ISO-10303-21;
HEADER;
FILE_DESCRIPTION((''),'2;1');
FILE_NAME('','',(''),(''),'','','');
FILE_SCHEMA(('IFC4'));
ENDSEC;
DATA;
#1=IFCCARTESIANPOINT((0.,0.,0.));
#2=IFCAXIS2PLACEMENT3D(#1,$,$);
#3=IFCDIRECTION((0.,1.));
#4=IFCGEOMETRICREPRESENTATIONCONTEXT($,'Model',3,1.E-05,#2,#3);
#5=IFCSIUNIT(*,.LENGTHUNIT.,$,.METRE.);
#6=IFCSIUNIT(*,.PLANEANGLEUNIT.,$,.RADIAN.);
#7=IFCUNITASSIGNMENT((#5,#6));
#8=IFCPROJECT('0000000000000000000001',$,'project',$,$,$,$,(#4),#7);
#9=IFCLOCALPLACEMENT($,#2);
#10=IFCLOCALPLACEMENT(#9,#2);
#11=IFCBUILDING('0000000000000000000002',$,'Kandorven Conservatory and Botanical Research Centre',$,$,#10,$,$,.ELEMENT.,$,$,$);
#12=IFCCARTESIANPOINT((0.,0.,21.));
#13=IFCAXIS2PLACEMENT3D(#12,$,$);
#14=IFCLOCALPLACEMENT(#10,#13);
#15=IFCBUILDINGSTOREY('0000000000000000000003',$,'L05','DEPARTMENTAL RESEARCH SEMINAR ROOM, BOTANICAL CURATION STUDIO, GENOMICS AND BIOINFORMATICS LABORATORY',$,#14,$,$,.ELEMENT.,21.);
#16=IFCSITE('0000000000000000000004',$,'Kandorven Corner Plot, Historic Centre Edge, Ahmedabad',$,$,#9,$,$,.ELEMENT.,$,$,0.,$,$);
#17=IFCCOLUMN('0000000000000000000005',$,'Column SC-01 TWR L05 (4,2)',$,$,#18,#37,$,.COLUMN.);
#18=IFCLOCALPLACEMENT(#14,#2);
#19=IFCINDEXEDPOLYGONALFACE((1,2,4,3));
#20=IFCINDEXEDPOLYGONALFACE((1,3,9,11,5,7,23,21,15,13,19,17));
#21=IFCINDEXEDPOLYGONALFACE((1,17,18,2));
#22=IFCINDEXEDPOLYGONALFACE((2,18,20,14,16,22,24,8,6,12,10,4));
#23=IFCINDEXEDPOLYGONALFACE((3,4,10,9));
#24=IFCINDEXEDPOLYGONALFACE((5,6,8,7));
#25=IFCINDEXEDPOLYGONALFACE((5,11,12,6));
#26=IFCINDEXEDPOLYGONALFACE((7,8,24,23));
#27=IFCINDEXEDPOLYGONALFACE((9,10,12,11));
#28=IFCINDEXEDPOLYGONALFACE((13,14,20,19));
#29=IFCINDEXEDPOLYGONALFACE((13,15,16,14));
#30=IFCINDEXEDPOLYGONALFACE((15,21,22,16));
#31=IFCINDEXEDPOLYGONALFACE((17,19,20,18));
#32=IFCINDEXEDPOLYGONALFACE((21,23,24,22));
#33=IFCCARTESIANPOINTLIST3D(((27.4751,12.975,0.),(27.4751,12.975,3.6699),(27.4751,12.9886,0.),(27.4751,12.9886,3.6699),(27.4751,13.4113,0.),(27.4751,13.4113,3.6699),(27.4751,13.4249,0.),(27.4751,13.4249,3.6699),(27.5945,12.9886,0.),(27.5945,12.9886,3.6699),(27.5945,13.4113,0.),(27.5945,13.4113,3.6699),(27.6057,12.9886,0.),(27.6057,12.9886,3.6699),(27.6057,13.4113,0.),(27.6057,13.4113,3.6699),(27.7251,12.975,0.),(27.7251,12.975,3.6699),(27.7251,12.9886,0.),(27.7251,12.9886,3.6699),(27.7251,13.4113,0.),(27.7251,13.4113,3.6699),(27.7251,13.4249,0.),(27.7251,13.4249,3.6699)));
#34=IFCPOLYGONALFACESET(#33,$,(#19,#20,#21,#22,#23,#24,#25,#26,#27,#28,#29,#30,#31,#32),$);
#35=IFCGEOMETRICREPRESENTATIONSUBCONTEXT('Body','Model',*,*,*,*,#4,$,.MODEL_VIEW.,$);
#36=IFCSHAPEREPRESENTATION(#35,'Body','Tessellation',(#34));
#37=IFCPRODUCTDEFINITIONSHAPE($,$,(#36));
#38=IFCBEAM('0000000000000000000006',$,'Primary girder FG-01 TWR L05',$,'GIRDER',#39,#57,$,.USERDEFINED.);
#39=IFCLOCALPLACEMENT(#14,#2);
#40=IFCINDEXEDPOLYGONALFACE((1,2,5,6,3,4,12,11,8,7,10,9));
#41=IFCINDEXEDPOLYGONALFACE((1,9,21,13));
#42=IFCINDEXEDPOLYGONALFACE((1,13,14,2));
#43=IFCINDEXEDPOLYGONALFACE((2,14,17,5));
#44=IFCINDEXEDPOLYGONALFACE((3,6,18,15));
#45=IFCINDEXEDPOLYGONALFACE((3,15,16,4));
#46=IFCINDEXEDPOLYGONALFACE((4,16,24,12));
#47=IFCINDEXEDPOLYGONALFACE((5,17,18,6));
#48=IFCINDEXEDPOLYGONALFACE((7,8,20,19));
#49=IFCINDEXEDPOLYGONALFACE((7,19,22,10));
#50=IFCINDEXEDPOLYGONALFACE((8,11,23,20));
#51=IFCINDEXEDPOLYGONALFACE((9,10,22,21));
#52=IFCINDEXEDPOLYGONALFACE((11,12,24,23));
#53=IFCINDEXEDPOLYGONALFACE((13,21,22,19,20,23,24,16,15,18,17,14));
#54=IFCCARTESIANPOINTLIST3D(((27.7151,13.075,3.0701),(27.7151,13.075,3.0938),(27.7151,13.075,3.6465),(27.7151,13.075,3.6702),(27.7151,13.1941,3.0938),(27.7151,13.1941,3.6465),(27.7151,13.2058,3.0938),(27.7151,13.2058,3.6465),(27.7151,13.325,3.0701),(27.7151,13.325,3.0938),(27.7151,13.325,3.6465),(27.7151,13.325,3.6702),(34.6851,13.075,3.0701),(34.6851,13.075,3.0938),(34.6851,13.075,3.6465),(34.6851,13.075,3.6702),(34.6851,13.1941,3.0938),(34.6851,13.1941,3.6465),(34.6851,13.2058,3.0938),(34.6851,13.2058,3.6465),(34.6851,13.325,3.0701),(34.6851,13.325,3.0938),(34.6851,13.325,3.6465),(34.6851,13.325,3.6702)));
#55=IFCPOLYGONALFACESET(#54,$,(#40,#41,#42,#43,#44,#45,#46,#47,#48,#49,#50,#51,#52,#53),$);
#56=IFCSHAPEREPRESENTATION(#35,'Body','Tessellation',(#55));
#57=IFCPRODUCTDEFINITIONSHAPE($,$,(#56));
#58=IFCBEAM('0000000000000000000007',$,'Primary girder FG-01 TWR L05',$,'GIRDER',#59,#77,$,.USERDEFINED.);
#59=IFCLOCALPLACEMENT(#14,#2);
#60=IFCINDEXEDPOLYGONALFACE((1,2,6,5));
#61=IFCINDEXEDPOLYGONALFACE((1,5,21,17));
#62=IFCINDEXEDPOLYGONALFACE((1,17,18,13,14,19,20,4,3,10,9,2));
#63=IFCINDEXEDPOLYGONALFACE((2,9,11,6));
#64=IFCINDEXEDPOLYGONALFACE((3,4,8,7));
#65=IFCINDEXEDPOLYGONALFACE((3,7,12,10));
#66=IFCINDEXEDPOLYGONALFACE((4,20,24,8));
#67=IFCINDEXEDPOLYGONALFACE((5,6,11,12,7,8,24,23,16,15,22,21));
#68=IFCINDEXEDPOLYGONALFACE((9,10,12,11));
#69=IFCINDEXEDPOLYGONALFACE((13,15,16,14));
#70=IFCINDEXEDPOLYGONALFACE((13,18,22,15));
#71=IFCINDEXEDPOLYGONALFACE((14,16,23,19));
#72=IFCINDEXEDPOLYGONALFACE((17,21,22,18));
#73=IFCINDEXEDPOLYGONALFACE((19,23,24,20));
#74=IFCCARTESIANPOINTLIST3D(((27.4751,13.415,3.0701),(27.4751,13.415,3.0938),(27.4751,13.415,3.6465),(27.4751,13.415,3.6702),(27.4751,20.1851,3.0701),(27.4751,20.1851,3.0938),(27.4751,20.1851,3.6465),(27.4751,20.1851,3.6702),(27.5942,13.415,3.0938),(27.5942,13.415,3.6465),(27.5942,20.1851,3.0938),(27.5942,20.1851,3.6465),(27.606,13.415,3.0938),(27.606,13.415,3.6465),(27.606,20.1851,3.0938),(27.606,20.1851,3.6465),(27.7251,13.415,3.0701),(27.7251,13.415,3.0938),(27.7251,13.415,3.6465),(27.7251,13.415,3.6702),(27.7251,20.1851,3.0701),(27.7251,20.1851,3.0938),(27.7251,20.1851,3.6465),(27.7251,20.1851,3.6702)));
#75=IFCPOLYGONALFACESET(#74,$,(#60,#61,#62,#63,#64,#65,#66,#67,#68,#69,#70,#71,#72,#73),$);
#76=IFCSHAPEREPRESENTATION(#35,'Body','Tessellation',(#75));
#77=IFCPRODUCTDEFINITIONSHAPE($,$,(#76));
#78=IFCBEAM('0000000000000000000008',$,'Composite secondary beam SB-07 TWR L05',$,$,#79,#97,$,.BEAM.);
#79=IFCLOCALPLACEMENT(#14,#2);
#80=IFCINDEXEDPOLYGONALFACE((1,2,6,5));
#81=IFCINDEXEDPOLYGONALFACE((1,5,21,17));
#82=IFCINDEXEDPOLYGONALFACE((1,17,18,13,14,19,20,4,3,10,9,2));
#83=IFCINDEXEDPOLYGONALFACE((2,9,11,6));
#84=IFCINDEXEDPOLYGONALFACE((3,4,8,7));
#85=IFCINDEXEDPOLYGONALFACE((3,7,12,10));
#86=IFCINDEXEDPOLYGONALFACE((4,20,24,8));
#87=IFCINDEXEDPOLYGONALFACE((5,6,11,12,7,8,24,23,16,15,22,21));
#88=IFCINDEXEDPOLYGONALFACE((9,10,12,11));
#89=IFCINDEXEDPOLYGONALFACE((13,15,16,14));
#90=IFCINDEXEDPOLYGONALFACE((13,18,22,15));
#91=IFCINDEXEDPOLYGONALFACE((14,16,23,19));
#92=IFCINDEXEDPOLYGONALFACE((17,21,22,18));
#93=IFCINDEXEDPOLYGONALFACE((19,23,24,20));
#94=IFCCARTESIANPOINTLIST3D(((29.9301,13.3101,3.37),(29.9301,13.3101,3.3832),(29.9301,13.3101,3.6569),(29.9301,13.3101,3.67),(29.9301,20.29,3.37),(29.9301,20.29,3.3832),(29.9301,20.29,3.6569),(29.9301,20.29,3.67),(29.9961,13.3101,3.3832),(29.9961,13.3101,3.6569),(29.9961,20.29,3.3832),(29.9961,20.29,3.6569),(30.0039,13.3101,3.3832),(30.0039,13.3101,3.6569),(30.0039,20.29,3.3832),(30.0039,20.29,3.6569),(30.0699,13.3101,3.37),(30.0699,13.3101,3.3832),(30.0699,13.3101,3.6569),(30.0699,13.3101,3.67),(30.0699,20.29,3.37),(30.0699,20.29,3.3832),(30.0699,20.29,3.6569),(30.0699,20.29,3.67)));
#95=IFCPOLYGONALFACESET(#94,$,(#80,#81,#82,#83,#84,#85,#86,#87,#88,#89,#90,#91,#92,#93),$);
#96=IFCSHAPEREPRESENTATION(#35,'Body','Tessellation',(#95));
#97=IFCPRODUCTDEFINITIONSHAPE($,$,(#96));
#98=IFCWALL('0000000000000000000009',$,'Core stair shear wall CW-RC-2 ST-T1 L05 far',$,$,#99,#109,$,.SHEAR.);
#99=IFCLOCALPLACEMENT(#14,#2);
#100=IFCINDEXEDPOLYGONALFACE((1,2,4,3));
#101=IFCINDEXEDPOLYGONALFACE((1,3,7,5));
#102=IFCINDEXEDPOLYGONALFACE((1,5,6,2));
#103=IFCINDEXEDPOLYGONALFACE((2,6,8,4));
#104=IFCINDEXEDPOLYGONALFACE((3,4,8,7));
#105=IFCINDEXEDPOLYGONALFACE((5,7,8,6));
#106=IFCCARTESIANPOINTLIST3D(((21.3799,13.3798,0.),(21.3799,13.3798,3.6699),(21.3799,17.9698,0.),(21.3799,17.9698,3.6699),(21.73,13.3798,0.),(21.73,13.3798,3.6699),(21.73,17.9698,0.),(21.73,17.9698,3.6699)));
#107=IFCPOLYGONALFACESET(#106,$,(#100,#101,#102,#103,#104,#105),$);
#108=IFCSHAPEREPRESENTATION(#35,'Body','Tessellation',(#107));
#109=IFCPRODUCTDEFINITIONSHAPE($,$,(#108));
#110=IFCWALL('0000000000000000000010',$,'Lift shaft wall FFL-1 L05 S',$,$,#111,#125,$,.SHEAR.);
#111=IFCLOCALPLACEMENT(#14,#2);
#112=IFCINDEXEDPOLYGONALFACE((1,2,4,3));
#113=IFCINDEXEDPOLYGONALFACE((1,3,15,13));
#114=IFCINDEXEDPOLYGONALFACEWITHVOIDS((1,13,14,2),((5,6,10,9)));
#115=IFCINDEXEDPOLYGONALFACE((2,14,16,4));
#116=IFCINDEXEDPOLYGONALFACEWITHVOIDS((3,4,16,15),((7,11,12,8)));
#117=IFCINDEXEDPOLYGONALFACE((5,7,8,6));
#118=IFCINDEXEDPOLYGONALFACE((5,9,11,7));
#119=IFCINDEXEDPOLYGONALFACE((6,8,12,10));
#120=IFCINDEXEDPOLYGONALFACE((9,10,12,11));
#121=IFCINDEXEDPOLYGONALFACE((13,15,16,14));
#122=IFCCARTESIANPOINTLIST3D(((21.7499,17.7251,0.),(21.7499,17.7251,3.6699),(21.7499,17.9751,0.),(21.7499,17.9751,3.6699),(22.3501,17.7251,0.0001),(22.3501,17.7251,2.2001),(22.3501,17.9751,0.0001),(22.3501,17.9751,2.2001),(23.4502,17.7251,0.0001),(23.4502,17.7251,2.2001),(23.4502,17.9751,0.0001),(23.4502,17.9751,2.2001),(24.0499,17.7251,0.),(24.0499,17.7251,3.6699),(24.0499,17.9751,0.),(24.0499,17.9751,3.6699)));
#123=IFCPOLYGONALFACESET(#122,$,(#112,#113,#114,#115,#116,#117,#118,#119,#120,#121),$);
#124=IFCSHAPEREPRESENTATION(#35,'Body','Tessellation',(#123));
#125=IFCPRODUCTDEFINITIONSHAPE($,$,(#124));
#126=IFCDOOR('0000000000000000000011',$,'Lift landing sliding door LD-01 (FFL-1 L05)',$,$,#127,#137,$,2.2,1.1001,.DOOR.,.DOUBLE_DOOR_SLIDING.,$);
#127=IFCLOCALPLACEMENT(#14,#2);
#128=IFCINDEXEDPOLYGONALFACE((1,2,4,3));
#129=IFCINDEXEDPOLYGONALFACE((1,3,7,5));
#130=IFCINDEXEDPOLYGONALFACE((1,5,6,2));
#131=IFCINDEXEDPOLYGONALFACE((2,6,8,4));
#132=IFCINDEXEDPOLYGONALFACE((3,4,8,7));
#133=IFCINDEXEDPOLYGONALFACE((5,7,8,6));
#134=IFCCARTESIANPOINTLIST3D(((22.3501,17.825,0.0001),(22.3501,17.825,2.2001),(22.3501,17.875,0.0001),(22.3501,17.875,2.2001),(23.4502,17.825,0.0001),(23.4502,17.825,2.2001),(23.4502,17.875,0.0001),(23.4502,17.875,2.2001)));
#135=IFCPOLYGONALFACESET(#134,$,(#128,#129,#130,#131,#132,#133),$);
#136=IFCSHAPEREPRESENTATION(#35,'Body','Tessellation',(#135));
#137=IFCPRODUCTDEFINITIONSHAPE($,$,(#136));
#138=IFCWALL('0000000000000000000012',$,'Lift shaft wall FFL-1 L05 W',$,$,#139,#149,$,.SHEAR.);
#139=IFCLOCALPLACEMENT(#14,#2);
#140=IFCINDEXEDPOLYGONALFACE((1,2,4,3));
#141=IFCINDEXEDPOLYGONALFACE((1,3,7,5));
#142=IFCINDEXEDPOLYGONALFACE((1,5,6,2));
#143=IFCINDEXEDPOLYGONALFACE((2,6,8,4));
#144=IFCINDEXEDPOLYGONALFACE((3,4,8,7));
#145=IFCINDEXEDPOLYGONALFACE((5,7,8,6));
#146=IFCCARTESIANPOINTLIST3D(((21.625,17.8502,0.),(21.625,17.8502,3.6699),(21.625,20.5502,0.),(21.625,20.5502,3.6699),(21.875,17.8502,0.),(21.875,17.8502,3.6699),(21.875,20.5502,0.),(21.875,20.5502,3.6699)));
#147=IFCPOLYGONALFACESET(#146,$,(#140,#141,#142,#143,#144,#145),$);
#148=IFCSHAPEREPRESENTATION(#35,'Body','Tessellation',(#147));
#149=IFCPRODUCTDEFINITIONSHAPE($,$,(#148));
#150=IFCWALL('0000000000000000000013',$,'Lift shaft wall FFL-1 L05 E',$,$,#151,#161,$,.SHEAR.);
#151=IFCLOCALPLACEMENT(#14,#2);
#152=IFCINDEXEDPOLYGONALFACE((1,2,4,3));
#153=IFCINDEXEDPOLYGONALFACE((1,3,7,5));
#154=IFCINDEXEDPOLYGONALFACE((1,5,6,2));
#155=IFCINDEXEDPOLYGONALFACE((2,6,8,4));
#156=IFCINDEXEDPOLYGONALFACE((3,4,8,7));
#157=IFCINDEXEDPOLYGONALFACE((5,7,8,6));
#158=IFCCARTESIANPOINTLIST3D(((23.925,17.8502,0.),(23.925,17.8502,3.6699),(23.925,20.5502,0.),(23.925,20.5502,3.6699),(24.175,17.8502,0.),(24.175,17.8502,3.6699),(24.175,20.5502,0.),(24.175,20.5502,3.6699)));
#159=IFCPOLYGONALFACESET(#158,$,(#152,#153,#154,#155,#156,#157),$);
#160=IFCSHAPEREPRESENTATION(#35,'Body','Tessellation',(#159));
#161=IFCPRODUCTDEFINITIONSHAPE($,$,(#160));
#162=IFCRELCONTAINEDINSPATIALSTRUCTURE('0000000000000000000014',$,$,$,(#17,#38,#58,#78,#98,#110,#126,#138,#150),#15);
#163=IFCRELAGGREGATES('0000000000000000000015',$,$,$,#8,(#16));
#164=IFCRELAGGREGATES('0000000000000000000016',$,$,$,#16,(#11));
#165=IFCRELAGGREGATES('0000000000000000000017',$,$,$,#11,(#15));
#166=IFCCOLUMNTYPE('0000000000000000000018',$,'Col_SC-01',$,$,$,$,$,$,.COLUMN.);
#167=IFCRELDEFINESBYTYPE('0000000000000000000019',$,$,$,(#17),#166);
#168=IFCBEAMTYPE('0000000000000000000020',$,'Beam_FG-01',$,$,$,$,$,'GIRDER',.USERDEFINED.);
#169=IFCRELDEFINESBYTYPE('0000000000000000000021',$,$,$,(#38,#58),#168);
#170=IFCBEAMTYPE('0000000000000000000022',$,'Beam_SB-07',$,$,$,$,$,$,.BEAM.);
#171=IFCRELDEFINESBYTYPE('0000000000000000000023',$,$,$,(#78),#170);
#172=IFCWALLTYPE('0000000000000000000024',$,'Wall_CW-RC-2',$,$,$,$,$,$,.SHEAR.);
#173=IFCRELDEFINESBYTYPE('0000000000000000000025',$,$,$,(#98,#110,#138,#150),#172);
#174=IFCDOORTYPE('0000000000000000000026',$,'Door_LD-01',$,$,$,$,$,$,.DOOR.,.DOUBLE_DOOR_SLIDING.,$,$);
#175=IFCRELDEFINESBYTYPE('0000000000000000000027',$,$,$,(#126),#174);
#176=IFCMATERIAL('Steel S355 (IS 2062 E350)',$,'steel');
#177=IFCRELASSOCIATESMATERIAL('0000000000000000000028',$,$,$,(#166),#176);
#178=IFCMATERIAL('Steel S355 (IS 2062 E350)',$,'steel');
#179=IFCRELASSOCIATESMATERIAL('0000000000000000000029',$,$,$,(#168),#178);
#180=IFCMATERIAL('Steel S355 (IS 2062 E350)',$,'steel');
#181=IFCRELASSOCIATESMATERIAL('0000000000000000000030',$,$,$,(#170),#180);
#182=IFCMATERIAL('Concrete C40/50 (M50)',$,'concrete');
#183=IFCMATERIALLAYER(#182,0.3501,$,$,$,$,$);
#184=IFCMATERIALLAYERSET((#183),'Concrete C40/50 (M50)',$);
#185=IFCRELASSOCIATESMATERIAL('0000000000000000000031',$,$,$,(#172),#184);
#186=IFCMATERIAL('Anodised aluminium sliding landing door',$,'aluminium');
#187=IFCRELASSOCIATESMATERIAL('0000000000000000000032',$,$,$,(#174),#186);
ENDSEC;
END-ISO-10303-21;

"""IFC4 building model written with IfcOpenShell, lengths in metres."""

from ifc_helpers import new_model, si_unit, direction, frame, frame_2d, origin, origin_2d, place, context, subcontext, project, spatial, rectangle, i_section, extrude, material, layer, layer_set, material_profile, profile_set, type_object, element, fill, save


model = new_model("IFC4")

# Units and contexts
model_context = context("Model", 3, precision=1e-05, world=origin(), true_north=direction((0.0, 1.0)))
body_context = subcontext(model_context, "Body", "Model", "MODEL_VIEW")
ifc_project = project(units=[si_unit("LENGTHUNIT", "METRE"), si_unit("PLANEANGLEUNIT", "RADIAN")], contexts=[model_context])

# Site, building, storey
site_placement = place(None, origin())
site = spatial("IfcSite", under=ifc_project, at=site_placement, Name="Kandorven Corner Plot, Historic Centre Edge, Ahmedabad", CompositionType="ELEMENT", RefElevation=0.0)
building_placement = place(site_placement, origin())
building = spatial("IfcBuilding", under=site, at=building_placement, Name="Kandorven Conservatory and Botanical Research Centre", CompositionType="ELEMENT")
storey_placement = place(building_placement, frame((0.0, 0.0, 21.0)))
storey = spatial("IfcBuildingStorey", under=building, at=storey_placement, Name="L05", Description="DEPARTMENTAL RESEARCH SEMINAR ROOM, BOTANICAL CURATION STUDIO, GENOMICS AND BIOINFORMATICS LABORATORY", CompositionType="ELEMENT", Elevation=21.0)

# Column
ifc_material_1 = material(Name="Steel S355 (IS 2062 E350)", Category="steel")
ifc_material_profile_1 = material_profile(ifc_material_1, i_section(OverallWidth=0.25, OverallDepth=0.45, WebThickness=0.0112, FlangeThickness=0.0137, at=origin_2d()))
ifc_profile_set_1 = profile_set([ifc_material_profile_1], Name="Steel S355 (IS 2062 E350)")
column_type = type_object("IfcColumnType", Name="Col_SC-01", PredefinedType="COLUMN", material=ifc_profile_set_1)
column_placement = place(storey_placement, frame((27.6001, 13.2, 0.0), z_axis=(0.0, 0.0, 1.0), x_axis=(1.0, 0.0, 0.0)))
element("IfcColumn", 1, at=column_placement, inside=storey, type_object=column_type, Name="Column SC-01 TWR L05 (4,2)", PredefinedType="COLUMN", context=body_context, shape_type="SweptSolid", body=[
    extrude(i_section(OverallWidth=0.25, OverallDepth=0.45, WebThickness=0.0112, FlangeThickness=0.0137, at=origin_2d()), origin(), (0.0, 0.0, 1.0), 3.6699),
])

# Beams
ifc_material_2 = material(Name="Steel S355 (IS 2062 E350)", Category="steel")
ifc_material_profile_2 = material_profile(ifc_material_2, i_section(OverallWidth=0.25, OverallDepth=0.6001, WebThickness=0.0117, FlangeThickness=0.0237, at=origin_2d()))
ifc_profile_set_2 = profile_set([ifc_material_profile_2], Name="Steel S355 (IS 2062 E350)")
beam_type_1 = type_object("IfcBeamType", Name="Beam_FG-01", ElementType="GIRDER", PredefinedType="USERDEFINED", material=ifc_profile_set_2)
beam_1_placement = place(storey_placement, frame((27.7151, 13.2, 3.3701), z_axis=(1.0, 0.0, 0.0), x_axis=(0.0, 1.0, 0.0)))
element("IfcBeam", 2, at=beam_1_placement, inside=storey, type_object=beam_type_1, Name="Primary girder FG-01 TWR L05", ObjectType="GIRDER", PredefinedType="USERDEFINED", context=body_context, shape_type="SweptSolid", body=[
    extrude(i_section(OverallWidth=0.25, OverallDepth=0.6001, WebThickness=0.0117, FlangeThickness=0.0237, at=origin_2d()), origin(), (0.0, 0.0, 1.0), 6.97),
])
beam_2_placement = place(storey_placement, frame((27.6001, 13.415, 3.3701), z_axis=(0.0, 1.0, 0.0), x_axis=(-1.0, 0.0, 0.0)))
element("IfcBeam", 3, at=beam_2_placement, inside=storey, type_object=beam_type_1, Name="Primary girder FG-01 TWR L05", ObjectType="GIRDER", PredefinedType="USERDEFINED", context=body_context, shape_type="SweptSolid", body=[
    extrude(i_section(OverallWidth=0.25, OverallDepth=0.6001, WebThickness=0.0117, FlangeThickness=0.0237, at=origin_2d()), origin(), (0.0, 0.0, 1.0), 6.77),
])
ifc_material_3 = material(Name="Steel S355 (IS 2062 E350)", Category="steel")
ifc_material_profile_3 = material_profile(ifc_material_3, i_section(OverallWidth=0.1399, OverallDepth=0.3, WebThickness=0.0078, FlangeThickness=0.0132, at=origin_2d()))
ifc_profile_set_3 = profile_set([ifc_material_profile_3], Name="Steel S355 (IS 2062 E350)")
beam_type_2 = type_object("IfcBeamType", Name="Beam_SB-07", PredefinedType="BEAM", material=ifc_profile_set_3)
beam_3_placement = place(storey_placement, frame((30.0, 13.3101, 3.52), z_axis=(0.0, 1.0, 0.0), x_axis=(-1.0, 0.0, 0.0)))
element("IfcBeam", 4, at=beam_3_placement, inside=storey, type_object=beam_type_2, Name="Composite secondary beam SB-07 TWR L05", PredefinedType="BEAM", context=body_context, shape_type="SweptSolid", body=[
    extrude(i_section(OverallWidth=0.1399, OverallDepth=0.3, WebThickness=0.0078, FlangeThickness=0.0132, at=origin_2d()), origin(), (0.0, 0.0, 1.0), 6.98),
])

# Wall
ifc_material_4 = material(Name="Concrete C40/50 (M50)", Category="concrete")
ifc_layer_1 = layer(ifc_material_4, 0.3501)
ifc_layer_set_1 = layer_set([ifc_layer_1], Name="Concrete C40/50 (M50)")
wall_type_1 = type_object("IfcWallType", Name="Wall_CW-RC-2", PredefinedType="SHEAR", material=ifc_layer_set_1)
wall_1_placement = place(storey_placement, frame((21.5549, 13.3799, 0.0), z_axis=(0.0, 0.0, 1.0), x_axis=(0.0, 1.0, 0.0)))
element("IfcWall", 5, at=wall_1_placement, inside=storey, type_object=wall_type_1, Name="Core stair shear wall CW-RC-2 ST-T1 L05 far", PredefinedType="SHEAR", context=body_context, shape_type="SweptSolid", body=[
    extrude(rectangle(XDim=4.5901, YDim=0.3501, at=frame_2d((2.2949, 0.0))), origin(), (0.0, 0.0, 1.0), 3.6699),
])

# Wall, opening, door
wall_2_placement = place(storey_placement, frame((21.75, 17.8501, 0.0), z_axis=(0.0, 0.0, 1.0), x_axis=(1.0, 0.0, 0.0)))
wall_2 = element("IfcWall", 6, at=wall_2_placement, inside=storey, type_object=wall_type_1, Name="Lift shaft wall FFL-1 L05 S", PredefinedType="SHEAR", context=body_context, shape_type="SweptSolid", body=[
    extrude(rectangle(XDim=2.3, YDim=0.25, at=frame_2d((1.1499, 0.0))), origin(), (0.0, 0.0, 1.0), 3.6699),
])
opening_1_placement = place(wall_2_placement, frame((0.6001, 0.0, 0.0)))
opening_1 = element("IfcOpeningElement", 7, at=opening_1_placement, cuts=wall_2, PredefinedType="OPENING", context=body_context, shape_type="SweptSolid", body=[
    extrude(rectangle(XDim=1.1001, YDim=2.2, at=frame_2d((0.55, 1.1001))), frame((0.0, 0.135, 0.0), z_axis=(0.0, -1.0, 0.0), x_axis=(1.0, 0.0, 0.0)), (0.0, 0.0, 1.0), 0.27),
])
ifc_material_5 = material(Name="Anodised aluminium sliding landing door", Category="aluminium")
door_type_1 = type_object("IfcDoorType", Name="Door_LD-01", OperationType="DOUBLE_DOOR_SLIDING", PredefinedType="DOOR", material=ifc_material_5)
door_1_placement = place(opening_1_placement, origin())
door_1 = element("IfcDoor", 8, at=door_1_placement, inside=storey, type_object=door_type_1, Name="Lift landing sliding door LD-01 (FFL-1 L05)", OperationType="DOUBLE_DOOR_SLIDING", OverallHeight=2.2, OverallWidth=1.1001, PredefinedType="DOOR", context=body_context, shape_type="SweptSolid", body=[
    extrude(rectangle(XDim=1.1001, YDim=2.2, at=frame_2d((0.55, 1.1001))), frame((0.0, 0.0249, 0.0), z_axis=(0.0, -1.0, 0.0), x_axis=(1.0, 0.0, 0.0)), (0.0, 0.0, 1.0), 0.05),
])
fill(opening_1, door_1)

# Walls
for number, where, z_axis, x_axis, name in (
    (9, (21.75, 17.8501, 0.0), (0.0, 0.0, 1.0), (0.0, 1.0, 0.0), "Lift shaft wall FFL-1 L05 W"),
    (10, (24.05, 17.8501, 0.0), (0.0, 0.0, 1.0), (0.0, 1.0, 0.0), "Lift shaft wall FFL-1 L05 E"),
):
    element("IfcWall", number, at=place(storey_placement, frame(where, z_axis=z_axis, x_axis=x_axis)), inside=storey, type_object=wall_type_1, Name=name, PredefinedType="SHEAR", context=body_context, shape_type="SweptSolid", body=[
        extrude(rectangle(XDim=2.7, YDim=0.25, at=frame_2d((1.3501, 0.0))), origin(), (0.0, 0.0, 1.0), 3.6699),
    ])

save(model, "model.ifc")
